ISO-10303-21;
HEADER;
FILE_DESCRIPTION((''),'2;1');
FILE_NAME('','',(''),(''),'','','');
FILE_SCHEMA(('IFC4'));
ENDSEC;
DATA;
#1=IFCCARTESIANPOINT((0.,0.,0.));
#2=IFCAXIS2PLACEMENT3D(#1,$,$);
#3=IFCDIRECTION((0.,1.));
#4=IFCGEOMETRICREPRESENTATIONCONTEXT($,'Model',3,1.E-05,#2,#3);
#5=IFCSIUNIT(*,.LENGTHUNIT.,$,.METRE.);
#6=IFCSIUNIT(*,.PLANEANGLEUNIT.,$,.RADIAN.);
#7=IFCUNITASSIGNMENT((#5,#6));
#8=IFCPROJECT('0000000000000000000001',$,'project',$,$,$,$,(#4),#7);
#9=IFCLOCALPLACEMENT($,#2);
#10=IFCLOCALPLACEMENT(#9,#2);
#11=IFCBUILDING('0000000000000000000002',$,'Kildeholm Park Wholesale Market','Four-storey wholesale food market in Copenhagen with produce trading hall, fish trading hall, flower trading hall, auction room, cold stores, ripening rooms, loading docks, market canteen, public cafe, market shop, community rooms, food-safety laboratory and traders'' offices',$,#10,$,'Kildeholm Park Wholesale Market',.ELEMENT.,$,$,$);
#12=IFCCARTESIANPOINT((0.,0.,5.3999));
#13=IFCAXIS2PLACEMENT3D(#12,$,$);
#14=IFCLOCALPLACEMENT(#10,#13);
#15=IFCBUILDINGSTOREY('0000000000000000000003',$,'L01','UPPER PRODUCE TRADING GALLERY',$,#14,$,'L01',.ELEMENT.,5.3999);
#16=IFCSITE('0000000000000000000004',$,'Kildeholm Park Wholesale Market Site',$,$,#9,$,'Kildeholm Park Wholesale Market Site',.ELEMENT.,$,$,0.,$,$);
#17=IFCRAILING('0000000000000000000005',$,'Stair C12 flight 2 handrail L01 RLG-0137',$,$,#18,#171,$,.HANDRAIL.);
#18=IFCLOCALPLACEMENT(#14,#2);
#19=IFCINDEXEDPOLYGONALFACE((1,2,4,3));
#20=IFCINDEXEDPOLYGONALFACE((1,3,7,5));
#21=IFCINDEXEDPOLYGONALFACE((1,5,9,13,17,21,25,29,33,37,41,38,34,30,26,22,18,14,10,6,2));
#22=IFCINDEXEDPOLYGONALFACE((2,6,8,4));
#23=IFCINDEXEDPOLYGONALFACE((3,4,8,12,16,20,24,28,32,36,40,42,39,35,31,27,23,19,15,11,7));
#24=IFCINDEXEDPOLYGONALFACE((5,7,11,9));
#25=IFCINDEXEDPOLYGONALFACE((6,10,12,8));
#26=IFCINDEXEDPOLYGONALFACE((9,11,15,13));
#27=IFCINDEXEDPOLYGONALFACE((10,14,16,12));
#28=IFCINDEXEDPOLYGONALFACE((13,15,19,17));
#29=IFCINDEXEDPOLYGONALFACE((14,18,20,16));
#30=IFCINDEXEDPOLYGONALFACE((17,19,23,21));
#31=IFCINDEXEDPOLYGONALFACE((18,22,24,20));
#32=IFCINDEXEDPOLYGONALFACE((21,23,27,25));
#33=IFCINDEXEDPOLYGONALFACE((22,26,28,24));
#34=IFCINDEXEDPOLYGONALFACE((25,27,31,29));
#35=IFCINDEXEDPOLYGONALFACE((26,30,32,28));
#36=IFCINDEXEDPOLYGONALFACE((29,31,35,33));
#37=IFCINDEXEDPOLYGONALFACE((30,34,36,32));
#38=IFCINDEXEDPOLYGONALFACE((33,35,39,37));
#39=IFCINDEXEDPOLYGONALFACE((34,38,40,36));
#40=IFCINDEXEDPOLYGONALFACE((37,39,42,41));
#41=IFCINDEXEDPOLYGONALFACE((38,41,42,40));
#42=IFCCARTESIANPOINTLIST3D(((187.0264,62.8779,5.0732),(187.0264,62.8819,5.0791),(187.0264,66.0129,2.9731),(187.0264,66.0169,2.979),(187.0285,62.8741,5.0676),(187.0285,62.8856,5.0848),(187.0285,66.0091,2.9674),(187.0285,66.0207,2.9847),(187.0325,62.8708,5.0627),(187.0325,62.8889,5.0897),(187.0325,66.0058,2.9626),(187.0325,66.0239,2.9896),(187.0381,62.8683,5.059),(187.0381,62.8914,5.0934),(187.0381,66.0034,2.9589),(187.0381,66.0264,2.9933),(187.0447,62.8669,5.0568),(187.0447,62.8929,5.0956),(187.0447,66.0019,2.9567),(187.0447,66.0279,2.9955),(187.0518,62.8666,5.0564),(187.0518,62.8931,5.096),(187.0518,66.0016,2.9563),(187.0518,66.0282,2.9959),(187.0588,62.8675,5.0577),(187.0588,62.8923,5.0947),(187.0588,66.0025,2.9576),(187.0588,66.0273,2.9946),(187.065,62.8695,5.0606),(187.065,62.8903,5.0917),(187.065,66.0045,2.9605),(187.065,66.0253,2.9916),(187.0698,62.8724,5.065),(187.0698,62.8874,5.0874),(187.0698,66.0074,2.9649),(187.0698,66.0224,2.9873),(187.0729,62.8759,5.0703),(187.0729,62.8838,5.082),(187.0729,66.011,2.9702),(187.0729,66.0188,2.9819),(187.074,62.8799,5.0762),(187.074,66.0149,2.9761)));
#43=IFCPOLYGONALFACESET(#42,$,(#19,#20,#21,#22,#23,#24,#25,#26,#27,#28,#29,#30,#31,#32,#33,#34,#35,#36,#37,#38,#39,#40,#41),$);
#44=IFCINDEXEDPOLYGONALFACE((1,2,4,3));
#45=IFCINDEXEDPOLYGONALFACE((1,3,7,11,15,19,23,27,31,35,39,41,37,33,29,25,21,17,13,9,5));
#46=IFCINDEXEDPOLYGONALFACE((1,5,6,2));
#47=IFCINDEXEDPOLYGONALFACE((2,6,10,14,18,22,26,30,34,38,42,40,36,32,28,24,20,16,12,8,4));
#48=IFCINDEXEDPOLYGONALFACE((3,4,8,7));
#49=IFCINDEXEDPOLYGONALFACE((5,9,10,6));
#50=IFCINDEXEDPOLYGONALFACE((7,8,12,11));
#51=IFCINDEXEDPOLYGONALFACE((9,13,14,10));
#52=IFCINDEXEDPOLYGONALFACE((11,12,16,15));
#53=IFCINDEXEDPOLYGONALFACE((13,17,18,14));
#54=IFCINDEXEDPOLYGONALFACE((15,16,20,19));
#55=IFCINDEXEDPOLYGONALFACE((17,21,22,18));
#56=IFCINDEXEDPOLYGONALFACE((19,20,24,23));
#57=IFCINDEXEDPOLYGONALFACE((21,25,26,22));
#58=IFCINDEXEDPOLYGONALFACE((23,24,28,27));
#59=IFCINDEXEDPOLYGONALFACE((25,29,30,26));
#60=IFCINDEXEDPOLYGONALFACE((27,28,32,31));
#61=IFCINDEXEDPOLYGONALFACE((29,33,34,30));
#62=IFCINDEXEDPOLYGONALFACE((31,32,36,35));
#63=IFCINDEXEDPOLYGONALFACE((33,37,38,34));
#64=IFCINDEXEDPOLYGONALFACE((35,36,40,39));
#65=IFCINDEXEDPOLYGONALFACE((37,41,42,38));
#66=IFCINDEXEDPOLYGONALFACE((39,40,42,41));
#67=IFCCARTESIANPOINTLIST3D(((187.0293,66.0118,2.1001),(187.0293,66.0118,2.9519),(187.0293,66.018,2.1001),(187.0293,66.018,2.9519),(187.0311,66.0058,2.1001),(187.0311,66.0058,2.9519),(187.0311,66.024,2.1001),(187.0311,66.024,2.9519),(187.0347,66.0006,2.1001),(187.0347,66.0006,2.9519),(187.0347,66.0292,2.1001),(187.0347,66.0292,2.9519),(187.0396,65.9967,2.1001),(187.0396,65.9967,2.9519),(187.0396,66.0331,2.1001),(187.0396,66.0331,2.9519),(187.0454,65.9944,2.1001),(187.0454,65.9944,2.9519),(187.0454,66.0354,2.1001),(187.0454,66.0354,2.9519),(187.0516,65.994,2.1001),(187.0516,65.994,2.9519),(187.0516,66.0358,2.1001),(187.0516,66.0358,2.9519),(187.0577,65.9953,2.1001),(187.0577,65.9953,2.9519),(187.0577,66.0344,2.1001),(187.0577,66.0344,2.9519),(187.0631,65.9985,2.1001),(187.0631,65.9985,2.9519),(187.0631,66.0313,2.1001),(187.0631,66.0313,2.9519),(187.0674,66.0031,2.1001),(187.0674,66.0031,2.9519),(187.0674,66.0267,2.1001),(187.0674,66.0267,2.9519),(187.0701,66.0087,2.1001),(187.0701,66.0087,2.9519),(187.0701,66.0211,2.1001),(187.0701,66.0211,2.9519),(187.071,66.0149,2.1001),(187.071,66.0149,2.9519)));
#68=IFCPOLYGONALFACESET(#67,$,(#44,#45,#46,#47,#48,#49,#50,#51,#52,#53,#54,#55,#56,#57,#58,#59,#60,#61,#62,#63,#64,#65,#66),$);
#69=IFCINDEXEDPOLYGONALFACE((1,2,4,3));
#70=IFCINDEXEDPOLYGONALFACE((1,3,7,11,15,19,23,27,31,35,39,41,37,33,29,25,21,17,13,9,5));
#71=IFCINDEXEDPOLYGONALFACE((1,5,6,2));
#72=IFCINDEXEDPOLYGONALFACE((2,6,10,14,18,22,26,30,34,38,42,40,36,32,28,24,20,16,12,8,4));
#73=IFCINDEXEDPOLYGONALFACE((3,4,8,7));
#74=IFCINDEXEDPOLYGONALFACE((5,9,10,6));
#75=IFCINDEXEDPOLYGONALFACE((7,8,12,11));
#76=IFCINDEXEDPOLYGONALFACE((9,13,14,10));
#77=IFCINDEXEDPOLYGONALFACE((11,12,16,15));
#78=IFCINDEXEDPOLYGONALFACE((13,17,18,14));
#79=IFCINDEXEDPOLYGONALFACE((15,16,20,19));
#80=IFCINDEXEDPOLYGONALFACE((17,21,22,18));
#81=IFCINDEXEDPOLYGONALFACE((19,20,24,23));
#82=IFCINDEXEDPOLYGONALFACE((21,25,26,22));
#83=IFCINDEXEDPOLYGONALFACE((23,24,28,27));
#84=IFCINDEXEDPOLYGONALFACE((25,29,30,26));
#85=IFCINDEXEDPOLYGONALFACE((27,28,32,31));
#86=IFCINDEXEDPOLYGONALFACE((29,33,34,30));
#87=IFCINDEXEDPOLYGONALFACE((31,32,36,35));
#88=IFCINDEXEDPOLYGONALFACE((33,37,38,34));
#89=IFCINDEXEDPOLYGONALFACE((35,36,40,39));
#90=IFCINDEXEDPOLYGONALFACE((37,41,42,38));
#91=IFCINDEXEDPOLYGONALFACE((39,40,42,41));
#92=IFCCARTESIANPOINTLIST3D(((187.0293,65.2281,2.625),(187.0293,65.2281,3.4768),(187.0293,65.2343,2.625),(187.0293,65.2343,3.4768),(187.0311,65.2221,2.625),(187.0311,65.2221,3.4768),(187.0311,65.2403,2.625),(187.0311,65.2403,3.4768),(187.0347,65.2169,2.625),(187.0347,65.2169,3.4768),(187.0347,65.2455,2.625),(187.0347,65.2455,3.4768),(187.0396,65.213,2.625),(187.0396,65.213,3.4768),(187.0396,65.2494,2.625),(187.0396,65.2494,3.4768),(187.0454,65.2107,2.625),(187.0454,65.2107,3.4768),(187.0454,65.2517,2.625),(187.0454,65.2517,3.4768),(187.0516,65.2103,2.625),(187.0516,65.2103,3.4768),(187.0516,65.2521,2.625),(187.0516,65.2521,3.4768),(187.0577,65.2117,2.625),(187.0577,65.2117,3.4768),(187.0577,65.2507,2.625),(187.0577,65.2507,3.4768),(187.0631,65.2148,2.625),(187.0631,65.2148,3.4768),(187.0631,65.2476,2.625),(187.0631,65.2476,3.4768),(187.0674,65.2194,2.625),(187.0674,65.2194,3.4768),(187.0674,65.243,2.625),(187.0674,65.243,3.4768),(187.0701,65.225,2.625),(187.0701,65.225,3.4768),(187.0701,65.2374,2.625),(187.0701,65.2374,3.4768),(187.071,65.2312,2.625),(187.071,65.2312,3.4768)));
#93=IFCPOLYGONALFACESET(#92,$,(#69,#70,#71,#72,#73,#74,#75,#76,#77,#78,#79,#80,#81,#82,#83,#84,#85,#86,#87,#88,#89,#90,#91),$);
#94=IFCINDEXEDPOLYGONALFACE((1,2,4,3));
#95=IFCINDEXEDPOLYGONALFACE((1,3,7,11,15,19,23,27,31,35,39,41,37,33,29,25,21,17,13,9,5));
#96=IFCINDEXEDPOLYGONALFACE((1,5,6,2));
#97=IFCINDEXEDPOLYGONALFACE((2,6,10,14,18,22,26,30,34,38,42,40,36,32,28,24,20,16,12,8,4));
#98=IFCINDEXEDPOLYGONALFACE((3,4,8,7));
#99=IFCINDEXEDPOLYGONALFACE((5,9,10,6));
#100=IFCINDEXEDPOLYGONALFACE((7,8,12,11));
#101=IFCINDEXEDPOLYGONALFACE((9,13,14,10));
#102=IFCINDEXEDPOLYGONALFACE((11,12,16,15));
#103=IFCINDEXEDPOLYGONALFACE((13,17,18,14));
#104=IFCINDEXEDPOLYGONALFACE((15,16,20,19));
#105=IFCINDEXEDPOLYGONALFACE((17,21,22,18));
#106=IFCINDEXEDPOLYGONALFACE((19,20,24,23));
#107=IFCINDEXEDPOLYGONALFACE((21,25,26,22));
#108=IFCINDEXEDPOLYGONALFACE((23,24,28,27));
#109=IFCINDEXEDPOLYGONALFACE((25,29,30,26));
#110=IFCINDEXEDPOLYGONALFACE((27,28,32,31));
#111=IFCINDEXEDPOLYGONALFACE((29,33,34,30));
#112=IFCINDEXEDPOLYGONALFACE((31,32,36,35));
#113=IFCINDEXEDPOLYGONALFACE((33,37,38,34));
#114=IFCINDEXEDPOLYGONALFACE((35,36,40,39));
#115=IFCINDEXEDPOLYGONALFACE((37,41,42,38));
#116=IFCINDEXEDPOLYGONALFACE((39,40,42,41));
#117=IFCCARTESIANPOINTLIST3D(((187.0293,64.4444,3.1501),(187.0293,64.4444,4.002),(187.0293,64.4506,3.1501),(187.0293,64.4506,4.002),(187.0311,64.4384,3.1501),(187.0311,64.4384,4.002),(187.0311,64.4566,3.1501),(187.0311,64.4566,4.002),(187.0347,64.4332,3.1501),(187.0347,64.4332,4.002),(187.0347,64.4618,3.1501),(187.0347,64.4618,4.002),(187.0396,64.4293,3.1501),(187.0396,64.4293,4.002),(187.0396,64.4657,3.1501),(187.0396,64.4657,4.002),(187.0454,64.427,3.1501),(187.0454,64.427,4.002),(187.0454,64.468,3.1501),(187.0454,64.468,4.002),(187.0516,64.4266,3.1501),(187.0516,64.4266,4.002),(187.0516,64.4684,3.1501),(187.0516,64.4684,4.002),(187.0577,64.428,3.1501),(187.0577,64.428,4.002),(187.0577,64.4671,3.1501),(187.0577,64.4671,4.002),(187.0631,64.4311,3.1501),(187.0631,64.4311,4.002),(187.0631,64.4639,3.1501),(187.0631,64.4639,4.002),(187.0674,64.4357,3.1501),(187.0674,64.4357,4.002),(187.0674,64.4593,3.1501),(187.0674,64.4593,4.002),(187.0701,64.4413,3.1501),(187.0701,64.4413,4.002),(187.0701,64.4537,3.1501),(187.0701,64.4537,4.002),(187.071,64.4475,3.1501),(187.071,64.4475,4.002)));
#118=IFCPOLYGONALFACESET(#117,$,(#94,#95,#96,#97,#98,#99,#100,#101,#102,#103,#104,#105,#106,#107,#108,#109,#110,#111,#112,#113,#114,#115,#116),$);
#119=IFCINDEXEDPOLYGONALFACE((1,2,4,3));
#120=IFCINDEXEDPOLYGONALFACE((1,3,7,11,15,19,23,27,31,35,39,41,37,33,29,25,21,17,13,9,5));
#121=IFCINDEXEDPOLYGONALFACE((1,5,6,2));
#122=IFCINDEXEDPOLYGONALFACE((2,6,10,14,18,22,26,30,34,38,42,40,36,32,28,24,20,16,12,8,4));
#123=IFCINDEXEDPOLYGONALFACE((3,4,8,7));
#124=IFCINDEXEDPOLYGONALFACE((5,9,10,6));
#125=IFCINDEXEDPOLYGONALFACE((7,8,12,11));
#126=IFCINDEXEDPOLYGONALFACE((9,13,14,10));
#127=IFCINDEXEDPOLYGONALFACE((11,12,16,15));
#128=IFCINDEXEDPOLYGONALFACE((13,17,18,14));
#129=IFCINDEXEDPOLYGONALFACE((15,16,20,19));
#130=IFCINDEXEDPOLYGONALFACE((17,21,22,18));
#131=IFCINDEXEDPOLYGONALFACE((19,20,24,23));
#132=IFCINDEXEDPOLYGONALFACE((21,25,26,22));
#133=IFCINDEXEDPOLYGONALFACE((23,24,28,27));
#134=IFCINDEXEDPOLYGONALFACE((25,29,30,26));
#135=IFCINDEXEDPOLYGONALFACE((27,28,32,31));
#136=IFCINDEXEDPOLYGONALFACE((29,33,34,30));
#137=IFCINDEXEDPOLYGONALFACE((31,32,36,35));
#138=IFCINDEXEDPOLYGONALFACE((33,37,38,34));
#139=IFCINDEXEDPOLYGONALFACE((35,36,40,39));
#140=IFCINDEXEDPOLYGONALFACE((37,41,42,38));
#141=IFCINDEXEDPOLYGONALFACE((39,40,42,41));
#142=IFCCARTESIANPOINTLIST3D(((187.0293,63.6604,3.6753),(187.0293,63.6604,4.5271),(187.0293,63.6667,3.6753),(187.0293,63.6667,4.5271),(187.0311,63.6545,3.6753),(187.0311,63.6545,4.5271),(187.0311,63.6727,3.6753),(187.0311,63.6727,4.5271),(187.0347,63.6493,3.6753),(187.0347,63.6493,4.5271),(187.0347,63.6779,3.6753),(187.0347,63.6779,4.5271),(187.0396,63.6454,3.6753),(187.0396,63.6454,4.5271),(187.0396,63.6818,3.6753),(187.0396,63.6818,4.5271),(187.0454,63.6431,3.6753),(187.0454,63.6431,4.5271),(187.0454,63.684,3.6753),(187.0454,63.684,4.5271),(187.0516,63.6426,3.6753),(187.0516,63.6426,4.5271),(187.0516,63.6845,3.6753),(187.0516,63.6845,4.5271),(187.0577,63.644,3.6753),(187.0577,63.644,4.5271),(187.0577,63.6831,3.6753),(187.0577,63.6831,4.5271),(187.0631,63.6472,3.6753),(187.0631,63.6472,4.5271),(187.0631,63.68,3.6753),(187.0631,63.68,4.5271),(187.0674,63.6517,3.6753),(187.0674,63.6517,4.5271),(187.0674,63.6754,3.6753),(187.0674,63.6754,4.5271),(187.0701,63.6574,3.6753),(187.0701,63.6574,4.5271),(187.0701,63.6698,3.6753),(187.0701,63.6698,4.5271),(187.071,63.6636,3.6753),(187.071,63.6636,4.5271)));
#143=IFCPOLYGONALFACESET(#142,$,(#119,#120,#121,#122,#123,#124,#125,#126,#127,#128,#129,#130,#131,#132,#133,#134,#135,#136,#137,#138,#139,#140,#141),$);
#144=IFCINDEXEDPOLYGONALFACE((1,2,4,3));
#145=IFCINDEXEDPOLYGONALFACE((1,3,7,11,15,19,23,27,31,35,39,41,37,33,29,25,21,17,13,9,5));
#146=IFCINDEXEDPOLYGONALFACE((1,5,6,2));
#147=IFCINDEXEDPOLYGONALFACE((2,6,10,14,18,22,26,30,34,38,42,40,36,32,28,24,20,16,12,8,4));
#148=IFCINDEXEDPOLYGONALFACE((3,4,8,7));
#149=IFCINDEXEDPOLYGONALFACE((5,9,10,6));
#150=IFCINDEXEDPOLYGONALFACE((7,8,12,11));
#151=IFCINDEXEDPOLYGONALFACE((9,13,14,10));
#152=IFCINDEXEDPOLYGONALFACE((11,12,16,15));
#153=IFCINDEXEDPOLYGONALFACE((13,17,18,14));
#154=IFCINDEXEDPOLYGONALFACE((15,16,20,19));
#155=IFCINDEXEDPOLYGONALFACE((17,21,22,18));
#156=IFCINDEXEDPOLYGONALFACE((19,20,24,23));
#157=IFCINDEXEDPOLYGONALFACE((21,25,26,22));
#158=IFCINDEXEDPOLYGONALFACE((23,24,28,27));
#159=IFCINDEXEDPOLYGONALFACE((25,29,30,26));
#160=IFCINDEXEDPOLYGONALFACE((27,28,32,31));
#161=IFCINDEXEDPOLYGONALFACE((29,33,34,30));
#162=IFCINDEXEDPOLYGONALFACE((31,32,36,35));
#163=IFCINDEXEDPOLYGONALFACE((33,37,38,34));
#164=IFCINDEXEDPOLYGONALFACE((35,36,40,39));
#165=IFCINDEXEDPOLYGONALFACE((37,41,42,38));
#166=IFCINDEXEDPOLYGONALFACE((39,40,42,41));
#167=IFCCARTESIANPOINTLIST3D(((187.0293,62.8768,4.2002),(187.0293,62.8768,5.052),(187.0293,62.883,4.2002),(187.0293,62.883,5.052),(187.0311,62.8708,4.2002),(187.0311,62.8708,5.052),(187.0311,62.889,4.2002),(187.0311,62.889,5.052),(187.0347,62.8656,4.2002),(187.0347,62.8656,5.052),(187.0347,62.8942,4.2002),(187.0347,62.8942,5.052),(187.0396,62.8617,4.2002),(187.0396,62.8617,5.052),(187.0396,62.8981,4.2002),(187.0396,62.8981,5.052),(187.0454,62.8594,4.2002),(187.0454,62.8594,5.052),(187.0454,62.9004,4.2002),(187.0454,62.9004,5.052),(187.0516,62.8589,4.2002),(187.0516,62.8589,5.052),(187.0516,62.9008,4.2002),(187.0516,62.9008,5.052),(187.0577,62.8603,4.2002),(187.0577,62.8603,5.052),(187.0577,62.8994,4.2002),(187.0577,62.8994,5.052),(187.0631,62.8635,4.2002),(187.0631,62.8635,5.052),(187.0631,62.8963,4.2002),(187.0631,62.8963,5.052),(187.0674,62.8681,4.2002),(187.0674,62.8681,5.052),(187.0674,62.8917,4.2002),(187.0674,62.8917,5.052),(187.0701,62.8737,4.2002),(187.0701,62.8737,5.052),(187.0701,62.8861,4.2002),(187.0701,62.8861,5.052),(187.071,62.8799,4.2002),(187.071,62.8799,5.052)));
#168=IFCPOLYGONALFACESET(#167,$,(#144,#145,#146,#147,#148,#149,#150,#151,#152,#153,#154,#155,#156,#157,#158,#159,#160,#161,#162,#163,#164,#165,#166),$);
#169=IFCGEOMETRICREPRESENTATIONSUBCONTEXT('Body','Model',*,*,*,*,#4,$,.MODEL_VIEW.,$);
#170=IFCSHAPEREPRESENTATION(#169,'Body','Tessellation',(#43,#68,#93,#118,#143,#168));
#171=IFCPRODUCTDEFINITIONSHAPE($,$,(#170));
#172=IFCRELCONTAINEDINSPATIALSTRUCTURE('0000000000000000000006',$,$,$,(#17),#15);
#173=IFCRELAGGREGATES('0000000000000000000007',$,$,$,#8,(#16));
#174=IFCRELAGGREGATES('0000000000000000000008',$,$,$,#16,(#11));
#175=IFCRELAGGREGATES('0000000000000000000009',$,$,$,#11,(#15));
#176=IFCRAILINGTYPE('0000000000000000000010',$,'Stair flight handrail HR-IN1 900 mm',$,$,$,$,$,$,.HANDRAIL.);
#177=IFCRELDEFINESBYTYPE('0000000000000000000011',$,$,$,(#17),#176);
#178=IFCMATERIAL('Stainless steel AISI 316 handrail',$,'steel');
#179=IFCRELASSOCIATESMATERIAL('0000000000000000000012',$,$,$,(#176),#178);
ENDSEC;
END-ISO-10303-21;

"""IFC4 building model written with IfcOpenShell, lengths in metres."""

from ifc_helpers import new_model, si_unit, direction, frame, origin, origin_2d, place, context, subcontext, project, spatial, circle, extrude, material, type_object, element, save


model = new_model("IFC4")

# Units and contexts
model_context = context("Model", 3, precision=1e-05, world=origin(), true_north=direction((0.0, 1.0)))
body_context = subcontext(model_context, "Body", "Model", "MODEL_VIEW")
ifc_project = project(units=[si_unit("LENGTHUNIT", "METRE"), si_unit("PLANEANGLEUNIT", "RADIAN")], contexts=[model_context])

# Site, building, storey
site_placement = place(None, origin())
site = spatial("IfcSite", under=ifc_project, at=site_placement, Name="Kildeholm Park Wholesale Market Site", LongName="Kildeholm Park Wholesale Market Site", CompositionType="ELEMENT", RefElevation=0.0)
building_placement = place(site_placement, origin())
building = spatial("IfcBuilding", under=site, at=building_placement, Name="Kildeholm Park Wholesale Market", Description="Four-storey wholesale food market in Copenhagen with produce trading hall, fish trading hall, flower trading hall, auction room, cold stores, ripening rooms, loading docks, market canteen, public cafe, market shop, community rooms, food-safety laboratory and traders' offices", LongName="Kildeholm Park Wholesale Market", CompositionType="ELEMENT")
storey_placement = place(building_placement, frame((0.0, 0.0, 5.3999)))
storey = spatial("IfcBuildingStorey", under=building, at=storey_placement, Name="L01", Description="UPPER PRODUCE TRADING GALLERY", LongName="L01", CompositionType="ELEMENT", Elevation=5.3999)

# Railing
ifc_material_1 = material(Name="Stainless steel AISI 316 handrail", Category="steel")
railing_type_1 = type_object("IfcRailingType", Name="Stair flight handrail HR-IN1 900 mm", PredefinedType="HANDRAIL", material=ifc_material_1)
railing_1_placement = place(storey_placement, frame((187.05, 66.0149, 2.1001)))
element("IfcRailing", 1, at=railing_1_placement, inside=storey, type_object=railing_type_1, Name="Stair C12 flight 2 handrail L01 RLG-0137", PredefinedType="HANDRAIL", context=body_context, shape_type="SweptSolid", body=[
    extrude(circle(Radius=0.0239, at=origin_2d()), frame((0.0, 0.0, 0.876), z_axis=(0.0, -0.830814, 0.55655), x_axis=(1.0, 0.0, 0.0)), (0.0, 0.0, 1.0), 3.7734),
    extrude(circle(Radius=0.021, at=origin_2d()), origin(), (0.0, 0.0, 1.0), 0.8518),
    extrude(circle(Radius=0.021, at=origin_2d()), frame((0.0, -0.7837, 0.5249)), (0.0, 0.0, 1.0), 0.8518),
    extrude(circle(Radius=0.021, at=origin_2d()), frame((0.0, -1.5674, 1.05)), (0.0, 0.0, 1.0), 0.8518),
    extrude(circle(Radius=0.021, at=origin_2d()), frame((0.0, -2.3513, 1.5752)), (0.0, 0.0, 1.0), 0.8518),
    extrude(circle(Radius=0.021, at=origin_2d()), frame((0.0, -3.135, 2.1001)), (0.0, 0.0, 1.0), 0.8518),
])

save(model, "model.ifc")
